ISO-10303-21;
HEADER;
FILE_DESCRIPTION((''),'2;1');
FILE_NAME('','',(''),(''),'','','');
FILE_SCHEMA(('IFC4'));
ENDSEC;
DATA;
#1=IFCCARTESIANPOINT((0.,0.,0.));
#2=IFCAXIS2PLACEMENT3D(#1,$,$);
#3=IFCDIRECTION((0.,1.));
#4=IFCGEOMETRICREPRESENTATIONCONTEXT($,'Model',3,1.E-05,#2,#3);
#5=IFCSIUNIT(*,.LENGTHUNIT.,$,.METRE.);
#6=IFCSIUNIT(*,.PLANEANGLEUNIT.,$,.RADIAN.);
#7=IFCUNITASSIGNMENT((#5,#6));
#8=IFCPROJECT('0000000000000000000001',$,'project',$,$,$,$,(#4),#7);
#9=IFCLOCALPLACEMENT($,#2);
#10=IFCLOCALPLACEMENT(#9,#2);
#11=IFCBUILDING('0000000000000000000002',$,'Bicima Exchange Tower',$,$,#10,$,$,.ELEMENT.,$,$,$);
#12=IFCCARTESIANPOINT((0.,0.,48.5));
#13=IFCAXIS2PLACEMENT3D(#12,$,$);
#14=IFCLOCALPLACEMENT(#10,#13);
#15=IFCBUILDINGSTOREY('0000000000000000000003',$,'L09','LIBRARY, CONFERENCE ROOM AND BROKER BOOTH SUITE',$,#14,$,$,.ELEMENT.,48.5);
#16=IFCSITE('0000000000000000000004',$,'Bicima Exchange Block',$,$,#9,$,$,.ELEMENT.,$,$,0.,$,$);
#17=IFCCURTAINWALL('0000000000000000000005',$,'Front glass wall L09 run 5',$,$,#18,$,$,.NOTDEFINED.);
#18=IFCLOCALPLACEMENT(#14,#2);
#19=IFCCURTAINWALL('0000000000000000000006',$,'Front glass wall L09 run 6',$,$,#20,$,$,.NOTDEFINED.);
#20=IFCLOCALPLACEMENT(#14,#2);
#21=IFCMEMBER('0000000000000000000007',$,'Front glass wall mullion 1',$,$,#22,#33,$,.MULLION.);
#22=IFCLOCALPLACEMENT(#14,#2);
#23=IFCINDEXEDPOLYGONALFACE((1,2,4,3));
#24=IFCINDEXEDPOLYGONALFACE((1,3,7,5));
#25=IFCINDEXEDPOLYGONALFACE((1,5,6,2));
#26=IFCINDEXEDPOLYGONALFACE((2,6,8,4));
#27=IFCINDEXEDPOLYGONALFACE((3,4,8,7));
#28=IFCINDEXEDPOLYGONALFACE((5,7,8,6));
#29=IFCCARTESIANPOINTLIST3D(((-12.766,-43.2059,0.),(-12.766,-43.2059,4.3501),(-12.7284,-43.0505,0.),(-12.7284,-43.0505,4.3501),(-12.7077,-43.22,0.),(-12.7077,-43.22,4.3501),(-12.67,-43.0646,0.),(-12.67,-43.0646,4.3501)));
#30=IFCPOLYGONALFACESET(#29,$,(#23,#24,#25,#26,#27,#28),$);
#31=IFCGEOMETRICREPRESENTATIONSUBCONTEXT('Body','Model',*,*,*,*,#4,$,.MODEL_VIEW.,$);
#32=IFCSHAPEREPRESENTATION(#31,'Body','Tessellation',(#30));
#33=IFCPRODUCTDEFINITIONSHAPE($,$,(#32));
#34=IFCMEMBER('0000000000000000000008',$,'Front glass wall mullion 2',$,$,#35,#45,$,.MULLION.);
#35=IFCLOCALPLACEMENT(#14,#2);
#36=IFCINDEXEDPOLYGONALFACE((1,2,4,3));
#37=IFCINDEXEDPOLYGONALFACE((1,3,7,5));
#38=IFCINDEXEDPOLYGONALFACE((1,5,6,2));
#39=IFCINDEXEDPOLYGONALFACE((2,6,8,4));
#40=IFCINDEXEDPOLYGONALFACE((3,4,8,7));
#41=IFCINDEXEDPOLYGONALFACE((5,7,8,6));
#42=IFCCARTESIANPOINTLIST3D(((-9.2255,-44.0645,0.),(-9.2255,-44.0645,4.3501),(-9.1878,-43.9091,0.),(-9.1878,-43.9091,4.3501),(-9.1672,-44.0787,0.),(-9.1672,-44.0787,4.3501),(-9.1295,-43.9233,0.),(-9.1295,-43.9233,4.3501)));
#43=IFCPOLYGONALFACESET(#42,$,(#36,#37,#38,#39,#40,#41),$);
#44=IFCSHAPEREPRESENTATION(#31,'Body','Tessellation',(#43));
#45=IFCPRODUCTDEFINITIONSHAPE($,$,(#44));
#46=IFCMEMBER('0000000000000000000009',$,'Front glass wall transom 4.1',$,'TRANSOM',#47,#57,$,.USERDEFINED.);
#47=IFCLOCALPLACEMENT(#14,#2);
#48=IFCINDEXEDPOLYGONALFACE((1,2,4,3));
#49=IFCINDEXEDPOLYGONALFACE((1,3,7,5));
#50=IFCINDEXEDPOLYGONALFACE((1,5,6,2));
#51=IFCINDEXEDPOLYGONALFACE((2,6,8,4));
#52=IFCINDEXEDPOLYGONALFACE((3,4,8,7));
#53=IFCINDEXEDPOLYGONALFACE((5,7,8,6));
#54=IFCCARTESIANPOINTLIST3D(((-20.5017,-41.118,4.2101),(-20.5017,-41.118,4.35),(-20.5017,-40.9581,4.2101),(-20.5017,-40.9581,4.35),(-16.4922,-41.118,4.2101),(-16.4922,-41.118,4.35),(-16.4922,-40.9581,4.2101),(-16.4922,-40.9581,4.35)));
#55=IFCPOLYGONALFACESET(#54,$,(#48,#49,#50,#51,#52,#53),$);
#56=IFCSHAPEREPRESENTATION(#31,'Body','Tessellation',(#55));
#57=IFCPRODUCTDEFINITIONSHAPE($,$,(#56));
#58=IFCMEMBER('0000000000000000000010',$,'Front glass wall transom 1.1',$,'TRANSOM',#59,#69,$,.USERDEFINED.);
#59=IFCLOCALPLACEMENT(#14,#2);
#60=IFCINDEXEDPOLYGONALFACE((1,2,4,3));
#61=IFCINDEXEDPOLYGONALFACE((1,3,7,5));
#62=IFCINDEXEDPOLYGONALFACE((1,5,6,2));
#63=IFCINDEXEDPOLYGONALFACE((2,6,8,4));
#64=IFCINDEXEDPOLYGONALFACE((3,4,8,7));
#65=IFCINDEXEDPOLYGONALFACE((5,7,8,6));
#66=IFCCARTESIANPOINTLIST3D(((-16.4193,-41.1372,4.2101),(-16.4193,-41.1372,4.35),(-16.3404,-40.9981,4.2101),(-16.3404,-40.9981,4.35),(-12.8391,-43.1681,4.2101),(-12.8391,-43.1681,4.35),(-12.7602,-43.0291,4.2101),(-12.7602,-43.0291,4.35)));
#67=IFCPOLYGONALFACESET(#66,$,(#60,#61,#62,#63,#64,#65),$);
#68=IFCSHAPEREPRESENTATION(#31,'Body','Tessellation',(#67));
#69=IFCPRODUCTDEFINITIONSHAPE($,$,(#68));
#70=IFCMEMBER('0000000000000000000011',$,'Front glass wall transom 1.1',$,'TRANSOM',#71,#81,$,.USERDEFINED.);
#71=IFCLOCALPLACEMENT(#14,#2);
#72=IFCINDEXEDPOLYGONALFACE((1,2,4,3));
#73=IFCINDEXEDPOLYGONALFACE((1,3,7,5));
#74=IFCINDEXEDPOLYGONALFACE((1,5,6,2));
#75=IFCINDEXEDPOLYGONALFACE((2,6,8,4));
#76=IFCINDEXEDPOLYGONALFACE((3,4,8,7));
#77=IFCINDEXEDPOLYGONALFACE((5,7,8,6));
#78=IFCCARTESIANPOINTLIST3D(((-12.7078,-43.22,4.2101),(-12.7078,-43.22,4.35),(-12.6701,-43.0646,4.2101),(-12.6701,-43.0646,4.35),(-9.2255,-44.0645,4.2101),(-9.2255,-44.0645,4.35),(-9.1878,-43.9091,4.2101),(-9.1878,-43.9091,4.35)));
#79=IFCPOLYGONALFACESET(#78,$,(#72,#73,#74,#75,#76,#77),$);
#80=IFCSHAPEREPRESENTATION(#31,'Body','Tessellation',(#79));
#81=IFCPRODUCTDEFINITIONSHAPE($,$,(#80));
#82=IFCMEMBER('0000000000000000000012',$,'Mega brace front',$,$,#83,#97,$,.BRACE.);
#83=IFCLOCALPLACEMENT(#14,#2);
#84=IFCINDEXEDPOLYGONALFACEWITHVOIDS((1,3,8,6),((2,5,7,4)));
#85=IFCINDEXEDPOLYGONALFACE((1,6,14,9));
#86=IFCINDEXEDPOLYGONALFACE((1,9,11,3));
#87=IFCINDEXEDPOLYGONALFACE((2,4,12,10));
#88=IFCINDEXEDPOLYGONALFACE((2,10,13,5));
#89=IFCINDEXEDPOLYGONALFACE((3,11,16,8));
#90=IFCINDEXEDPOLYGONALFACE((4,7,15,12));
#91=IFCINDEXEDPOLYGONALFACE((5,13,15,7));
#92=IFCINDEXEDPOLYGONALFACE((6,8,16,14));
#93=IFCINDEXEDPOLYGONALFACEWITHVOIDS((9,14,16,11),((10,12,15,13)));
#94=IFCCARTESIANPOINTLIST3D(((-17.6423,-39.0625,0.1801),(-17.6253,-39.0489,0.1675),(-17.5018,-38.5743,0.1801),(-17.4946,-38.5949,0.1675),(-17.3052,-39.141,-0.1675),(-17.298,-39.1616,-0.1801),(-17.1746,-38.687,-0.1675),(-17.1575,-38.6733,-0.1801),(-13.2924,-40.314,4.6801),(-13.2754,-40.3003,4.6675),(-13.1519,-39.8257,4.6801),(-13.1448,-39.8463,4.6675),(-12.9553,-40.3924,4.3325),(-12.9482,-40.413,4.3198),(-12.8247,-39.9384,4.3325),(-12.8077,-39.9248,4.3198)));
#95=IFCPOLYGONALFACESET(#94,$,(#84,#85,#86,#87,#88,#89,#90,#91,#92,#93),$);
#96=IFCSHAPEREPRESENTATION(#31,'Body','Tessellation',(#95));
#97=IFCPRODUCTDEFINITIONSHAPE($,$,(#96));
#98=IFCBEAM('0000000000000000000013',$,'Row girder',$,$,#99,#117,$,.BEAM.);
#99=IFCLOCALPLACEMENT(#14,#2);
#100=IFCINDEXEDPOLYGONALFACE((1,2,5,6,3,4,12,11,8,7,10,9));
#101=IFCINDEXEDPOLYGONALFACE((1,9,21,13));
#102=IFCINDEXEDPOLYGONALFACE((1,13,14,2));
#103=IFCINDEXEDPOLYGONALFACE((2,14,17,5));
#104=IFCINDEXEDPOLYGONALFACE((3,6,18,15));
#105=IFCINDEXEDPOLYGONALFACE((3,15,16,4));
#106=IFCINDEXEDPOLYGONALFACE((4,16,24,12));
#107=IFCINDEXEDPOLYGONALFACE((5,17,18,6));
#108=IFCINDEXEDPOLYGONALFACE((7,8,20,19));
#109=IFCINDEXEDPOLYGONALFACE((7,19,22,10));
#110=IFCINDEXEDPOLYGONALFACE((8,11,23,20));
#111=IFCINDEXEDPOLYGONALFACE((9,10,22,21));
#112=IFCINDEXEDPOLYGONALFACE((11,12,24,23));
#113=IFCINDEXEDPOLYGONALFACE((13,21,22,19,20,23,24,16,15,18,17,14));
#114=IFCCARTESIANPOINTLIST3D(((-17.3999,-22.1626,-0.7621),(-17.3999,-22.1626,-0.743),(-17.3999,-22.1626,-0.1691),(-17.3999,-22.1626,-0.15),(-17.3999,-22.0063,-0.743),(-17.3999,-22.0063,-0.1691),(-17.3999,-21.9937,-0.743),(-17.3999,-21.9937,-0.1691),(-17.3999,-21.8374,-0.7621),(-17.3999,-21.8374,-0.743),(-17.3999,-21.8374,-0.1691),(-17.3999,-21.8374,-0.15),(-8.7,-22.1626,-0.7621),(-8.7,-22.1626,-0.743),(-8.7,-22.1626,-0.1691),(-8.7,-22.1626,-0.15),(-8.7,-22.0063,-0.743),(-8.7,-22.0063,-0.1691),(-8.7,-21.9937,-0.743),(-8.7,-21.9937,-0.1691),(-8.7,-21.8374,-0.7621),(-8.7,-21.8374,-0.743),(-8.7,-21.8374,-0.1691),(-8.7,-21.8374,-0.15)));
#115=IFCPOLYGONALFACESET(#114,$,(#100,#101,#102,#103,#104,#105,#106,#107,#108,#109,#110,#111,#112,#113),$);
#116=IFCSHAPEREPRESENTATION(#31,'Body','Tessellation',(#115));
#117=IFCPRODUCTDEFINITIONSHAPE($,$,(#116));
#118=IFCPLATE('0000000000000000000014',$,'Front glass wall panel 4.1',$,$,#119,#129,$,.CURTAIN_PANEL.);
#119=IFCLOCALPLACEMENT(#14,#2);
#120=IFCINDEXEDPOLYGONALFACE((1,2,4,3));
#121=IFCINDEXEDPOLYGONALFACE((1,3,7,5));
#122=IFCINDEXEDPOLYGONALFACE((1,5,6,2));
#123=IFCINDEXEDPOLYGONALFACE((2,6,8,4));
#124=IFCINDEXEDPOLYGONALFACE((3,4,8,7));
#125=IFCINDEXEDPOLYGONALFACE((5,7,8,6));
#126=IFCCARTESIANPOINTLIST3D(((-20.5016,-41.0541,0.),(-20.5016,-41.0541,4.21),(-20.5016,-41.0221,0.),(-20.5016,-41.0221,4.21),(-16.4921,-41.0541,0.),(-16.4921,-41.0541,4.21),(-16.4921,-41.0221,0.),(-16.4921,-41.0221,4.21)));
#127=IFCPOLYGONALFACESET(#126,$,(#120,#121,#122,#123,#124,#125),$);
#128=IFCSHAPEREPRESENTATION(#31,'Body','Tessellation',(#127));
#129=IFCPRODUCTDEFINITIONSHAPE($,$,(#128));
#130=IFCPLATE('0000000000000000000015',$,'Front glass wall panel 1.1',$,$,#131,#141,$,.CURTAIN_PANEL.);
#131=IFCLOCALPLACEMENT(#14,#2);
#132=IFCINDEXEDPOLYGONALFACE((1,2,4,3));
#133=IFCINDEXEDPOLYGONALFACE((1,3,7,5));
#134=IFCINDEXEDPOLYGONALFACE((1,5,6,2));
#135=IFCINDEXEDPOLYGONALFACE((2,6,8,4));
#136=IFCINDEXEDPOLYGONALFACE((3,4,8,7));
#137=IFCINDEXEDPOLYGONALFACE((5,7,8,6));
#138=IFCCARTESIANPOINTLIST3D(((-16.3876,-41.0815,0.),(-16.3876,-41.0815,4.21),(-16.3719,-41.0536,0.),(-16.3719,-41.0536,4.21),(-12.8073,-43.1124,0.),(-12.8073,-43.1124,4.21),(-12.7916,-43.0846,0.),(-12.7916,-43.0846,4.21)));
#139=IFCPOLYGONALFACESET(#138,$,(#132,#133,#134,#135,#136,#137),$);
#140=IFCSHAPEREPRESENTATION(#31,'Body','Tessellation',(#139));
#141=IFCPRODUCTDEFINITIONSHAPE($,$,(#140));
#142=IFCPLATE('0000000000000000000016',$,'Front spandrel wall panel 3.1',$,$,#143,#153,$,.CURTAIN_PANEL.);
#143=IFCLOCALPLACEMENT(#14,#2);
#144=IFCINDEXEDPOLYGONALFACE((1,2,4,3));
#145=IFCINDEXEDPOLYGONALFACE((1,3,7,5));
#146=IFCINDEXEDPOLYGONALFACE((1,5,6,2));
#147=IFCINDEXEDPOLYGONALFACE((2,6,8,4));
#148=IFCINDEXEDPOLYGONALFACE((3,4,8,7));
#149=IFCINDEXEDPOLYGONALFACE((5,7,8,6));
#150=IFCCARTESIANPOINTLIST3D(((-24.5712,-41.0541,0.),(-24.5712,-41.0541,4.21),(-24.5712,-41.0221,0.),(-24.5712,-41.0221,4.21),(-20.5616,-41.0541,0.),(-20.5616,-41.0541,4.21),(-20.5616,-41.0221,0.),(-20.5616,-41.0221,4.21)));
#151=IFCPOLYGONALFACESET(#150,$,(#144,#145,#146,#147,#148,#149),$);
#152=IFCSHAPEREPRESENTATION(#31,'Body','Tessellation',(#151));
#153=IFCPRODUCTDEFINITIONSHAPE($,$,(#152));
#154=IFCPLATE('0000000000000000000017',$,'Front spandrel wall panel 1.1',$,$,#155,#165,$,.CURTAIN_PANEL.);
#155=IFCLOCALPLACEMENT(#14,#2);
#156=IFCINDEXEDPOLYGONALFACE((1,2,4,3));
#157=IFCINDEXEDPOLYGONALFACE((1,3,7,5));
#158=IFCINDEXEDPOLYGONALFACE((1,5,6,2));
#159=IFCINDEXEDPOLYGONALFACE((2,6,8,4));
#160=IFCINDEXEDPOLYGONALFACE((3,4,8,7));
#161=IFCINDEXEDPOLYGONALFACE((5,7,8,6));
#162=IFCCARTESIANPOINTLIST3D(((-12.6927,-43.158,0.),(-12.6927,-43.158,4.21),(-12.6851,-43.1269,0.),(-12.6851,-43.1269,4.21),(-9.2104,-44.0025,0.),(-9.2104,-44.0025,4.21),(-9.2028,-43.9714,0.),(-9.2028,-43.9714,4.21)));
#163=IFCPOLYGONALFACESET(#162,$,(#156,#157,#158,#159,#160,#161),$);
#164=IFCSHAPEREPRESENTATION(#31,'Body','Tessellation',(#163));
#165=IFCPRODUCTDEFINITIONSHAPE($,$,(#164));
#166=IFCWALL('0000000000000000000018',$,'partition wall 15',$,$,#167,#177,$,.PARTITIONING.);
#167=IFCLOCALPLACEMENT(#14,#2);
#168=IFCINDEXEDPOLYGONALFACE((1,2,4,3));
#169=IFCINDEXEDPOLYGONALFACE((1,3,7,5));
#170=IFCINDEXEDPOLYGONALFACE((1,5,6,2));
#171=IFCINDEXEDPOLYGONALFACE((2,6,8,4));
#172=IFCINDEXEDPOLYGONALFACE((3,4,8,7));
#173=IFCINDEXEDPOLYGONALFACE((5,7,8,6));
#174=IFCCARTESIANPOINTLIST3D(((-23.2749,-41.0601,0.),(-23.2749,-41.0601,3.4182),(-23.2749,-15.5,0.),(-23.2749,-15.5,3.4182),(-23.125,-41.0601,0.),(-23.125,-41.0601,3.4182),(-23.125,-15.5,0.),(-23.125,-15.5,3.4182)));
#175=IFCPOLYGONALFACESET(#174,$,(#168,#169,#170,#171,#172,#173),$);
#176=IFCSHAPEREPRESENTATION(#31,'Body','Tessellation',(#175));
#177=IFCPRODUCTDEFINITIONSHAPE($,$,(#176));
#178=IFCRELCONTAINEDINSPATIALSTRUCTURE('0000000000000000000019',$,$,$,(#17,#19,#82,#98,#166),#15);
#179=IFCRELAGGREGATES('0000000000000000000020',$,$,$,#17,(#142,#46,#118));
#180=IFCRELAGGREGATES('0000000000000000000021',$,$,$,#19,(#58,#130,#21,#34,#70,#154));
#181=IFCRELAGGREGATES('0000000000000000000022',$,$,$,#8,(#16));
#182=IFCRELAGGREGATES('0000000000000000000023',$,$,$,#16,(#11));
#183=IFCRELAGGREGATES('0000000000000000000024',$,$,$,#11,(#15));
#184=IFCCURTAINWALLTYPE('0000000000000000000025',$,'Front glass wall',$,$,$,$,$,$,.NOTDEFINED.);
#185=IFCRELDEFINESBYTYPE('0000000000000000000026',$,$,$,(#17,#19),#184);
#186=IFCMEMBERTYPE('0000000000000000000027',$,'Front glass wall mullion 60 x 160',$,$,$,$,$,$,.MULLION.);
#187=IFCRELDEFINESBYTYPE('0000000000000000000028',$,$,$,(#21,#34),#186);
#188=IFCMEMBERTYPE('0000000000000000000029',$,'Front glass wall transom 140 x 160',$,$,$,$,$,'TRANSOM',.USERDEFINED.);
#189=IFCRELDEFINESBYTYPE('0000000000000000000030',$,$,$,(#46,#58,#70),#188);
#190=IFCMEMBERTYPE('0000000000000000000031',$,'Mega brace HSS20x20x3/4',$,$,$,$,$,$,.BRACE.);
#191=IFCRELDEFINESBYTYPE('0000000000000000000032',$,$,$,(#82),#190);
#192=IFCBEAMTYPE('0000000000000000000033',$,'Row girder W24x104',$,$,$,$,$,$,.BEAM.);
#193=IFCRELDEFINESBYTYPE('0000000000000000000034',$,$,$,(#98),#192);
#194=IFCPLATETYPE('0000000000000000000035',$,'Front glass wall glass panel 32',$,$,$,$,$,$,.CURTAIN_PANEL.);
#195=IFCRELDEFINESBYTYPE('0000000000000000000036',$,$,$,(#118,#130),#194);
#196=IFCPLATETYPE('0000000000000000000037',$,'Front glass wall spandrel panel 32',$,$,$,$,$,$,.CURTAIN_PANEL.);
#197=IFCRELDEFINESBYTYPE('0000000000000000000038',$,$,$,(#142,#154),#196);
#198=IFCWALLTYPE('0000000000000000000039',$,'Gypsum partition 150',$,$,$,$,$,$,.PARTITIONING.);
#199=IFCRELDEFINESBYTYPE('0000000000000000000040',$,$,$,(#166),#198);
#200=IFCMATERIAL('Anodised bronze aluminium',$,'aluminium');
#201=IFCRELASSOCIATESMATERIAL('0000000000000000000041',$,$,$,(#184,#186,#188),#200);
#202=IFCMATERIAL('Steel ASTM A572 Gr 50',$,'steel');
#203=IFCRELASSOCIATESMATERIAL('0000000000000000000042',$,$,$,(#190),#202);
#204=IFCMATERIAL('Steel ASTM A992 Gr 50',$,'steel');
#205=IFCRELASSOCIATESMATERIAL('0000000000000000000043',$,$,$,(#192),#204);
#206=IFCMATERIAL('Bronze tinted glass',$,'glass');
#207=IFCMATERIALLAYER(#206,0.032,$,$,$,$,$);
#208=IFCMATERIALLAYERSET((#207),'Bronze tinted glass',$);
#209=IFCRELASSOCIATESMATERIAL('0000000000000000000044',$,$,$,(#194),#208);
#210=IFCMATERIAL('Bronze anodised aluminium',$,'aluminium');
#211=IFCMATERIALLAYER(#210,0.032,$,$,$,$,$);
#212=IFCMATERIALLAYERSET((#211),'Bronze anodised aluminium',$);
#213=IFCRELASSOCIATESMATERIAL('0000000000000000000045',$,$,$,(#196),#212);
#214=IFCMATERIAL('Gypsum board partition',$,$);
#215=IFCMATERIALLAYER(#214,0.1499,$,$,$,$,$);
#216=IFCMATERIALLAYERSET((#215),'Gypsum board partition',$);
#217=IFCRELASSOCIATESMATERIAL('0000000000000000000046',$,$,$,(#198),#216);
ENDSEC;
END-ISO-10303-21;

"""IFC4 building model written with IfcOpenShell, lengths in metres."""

from ifc_helpers import new_model, si_unit, direction, frame, frame_2d, origin, origin_2d, place, context, subcontext, project, spatial, rectangle, hollow_rectangle, i_section, extrude, material, layer, layer_set, material_profile, profile_set, type_object, element, aggregate, save


model = new_model("IFC4")

# Units and contexts
model_context = context("Model", 3, precision=1e-05, world=origin(), true_north=direction((0.0, 1.0)))
body_context = subcontext(model_context, "Body", "Model", "MODEL_VIEW")
ifc_project = project(units=[si_unit("LENGTHUNIT", "METRE"), si_unit("PLANEANGLEUNIT", "RADIAN")], contexts=[model_context])

# Site, building, storey
site_placement = place(None, origin())
site = spatial("IfcSite", under=ifc_project, at=site_placement, Name="Bicima Exchange Block", CompositionType="ELEMENT", RefElevation=0.0)
building_placement = place(site_placement, origin())
building = spatial("IfcBuilding", under=site, at=building_placement, Name="Bicima Exchange Tower", CompositionType="ELEMENT")
storey_placement = place(building_placement, frame((0.0, 0.0, 48.5)))
storey = spatial("IfcBuildingStorey", under=building, at=storey_placement, Name="L09", Description="LIBRARY, CONFERENCE ROOM AND BROKER BOOTH SUITE", CompositionType="ELEMENT", Elevation=48.5)

# Shared definitions
ifc_material_1 = material(Name="Steel ASTM A992 Gr 50", Category="steel")

# Curtain walls, members
ifc_material_2 = material(Name="Anodised bronze aluminium", Category="aluminium")
curtain_wall_type = type_object("IfcCurtainWallType", Name="Front glass wall", PredefinedType="NOTDEFINED", material=ifc_material_2)
curtain_wall_1_placement = place(storey_placement, origin())
curtain_wall_1 = element("IfcCurtainWall", 1, at=curtain_wall_1_placement, inside=storey, type_object=curtain_wall_type, Name="Front glass wall L09 run 5", PredefinedType="NOTDEFINED")
ifc_material_profile_1 = material_profile(ifc_material_2, rectangle(XDim=0.1599, YDim=0.0601, at=origin_2d()))
ifc_profile_set_1 = profile_set([ifc_material_profile_1], Name="Anodised bronze aluminium")
member_type_1 = type_object("IfcMemberType", Name="Front glass wall mullion 60 x 160", PredefinedType="MULLION", material=ifc_profile_set_1)
curtain_wall_2_placement = place(storey_placement, origin())
curtain_wall_2 = element("IfcCurtainWall", 2, at=curtain_wall_2_placement, inside=storey, type_object=curtain_wall_type, Name="Front glass wall L09 run 6", PredefinedType="NOTDEFINED")
member_1_placement = place(storey_placement, frame((-12.718, -43.1353, 0.0), z_axis=(0.0, 0.0, 1.0), x_axis=(0.235682, 0.97183, 0.0)))
member_1 = element("IfcMember", 3, at=member_1_placement, type_object=member_type_1, Name="Front glass wall mullion 1", PredefinedType="MULLION", context=body_context, shape_type="SweptSolid", body=[
    extrude(rectangle(XDim=0.1599, YDim=0.0601, at=origin_2d()), origin(), (0.0, 0.0, 1.0), 4.3501),
])
member_2_placement = place(storey_placement, frame((-9.1775, -43.9939, 0.0), z_axis=(0.0, 0.0, 1.0), x_axis=(0.235682, 0.97183, 0.0)))
member_2 = element("IfcMember", 4, at=member_2_placement, type_object=member_type_1, Name="Front glass wall mullion 2", PredefinedType="MULLION", context=body_context, shape_type="SweptSolid", body=[
    extrude(rectangle(XDim=0.1599, YDim=0.0601, at=origin_2d()), origin(), (0.0, 0.0, 1.0), 4.3501),
])

# Members
ifc_material_profile_2 = material_profile(ifc_material_2, rectangle(XDim=0.1599, YDim=0.1399, at=origin_2d()))
ifc_profile_set_2 = profile_set([ifc_material_profile_2], Name="Anodised bronze aluminium")
member_type_2 = type_object("IfcMemberType", Name="Front glass wall transom 140 x 160", ElementType="TRANSOM", PredefinedType="USERDEFINED", material=ifc_profile_set_2)
member_3_placement = place(storey_placement, frame((-20.5017, -41.0381, 4.28), z_axis=(1.0, 0.0, 0.0), x_axis=(0.0, 1.0, 0.0)))
member_3 = element("IfcMember", 5, at=member_3_placement, type_object=member_type_2, Name="Front glass wall transom 4.1", ObjectType="TRANSOM", PredefinedType="USERDEFINED", context=body_context, shape_type="SweptSolid", body=[
    extrude(rectangle(XDim=0.1599, YDim=0.1399, at=origin_2d()), origin(), (0.0, 0.0, 1.0), 4.0095),
])
member_4_placement = place(storey_placement, frame((-16.3799, -41.0676, 4.28), z_axis=(0.869797, -0.493409, 0.0), x_axis=(0.493409, 0.869797, 0.0)))
member_4 = element("IfcMember", 6, at=member_4_placement, type_object=member_type_2, Name="Front glass wall transom 1.1", ObjectType="TRANSOM", PredefinedType="USERDEFINED", context=body_context, shape_type="SweptSolid", body=[
    extrude(rectangle(XDim=0.1599, YDim=0.1399, at=origin_2d()), origin(), (0.0, 0.0, 1.0), 4.1162),
])
member_5_placement = place(storey_placement, frame((-12.689, -43.1423, 4.28), z_axis=(0.971834, -0.235668, 0.0), x_axis=(0.235668, 0.971834, 0.0)))
member_5 = element("IfcMember", 7, at=member_5_placement, type_object=member_type_2, Name="Front glass wall transom 1.1", ObjectType="TRANSOM", PredefinedType="USERDEFINED", context=body_context, shape_type="SweptSolid", body=[
    extrude(rectangle(XDim=0.1599, YDim=0.1399, at=origin_2d()), origin(), (0.0, 0.0, 1.0), 3.5833),
])
ifc_material_3 = material(Name="Steel ASTM A572 Gr 50", Category="steel")
ifc_material_profile_3 = material_profile(ifc_material_3, hollow_rectangle(XDim=0.5081, YDim=0.5081, WallThickness=0.0178, at=origin_2d()))
ifc_profile_set_3 = profile_set([ifc_material_profile_3], Name="Steel ASTM A572 Gr 50")
member_type_3 = type_object("IfcMemberType", Name="Mega brace HSS20x20x3/4", PredefinedType="BRACE", material=ifc_profile_set_3)
member_6_placement = place(storey_placement, frame((-17.3999, -38.8679, 0.0), z_axis=(0.681519, -0.196075, 0.705044), x_axis=(0.276487, 0.961018, 0.0)))
element("IfcMember", 8, at=member_6_placement, inside=storey, type_object=member_type_3, Name="Mega brace front", PredefinedType="BRACE", context=body_context, shape_type="SweptSolid", body=[
    extrude(hollow_rectangle(XDim=0.5081, YDim=0.5081, WallThickness=0.0178, at=origin_2d()), origin(), (0.0, 0.0, 1.0), 6.3826),
])

# Beam
ifc_material_profile_4 = material_profile(ifc_material_1, i_section(OverallWidth=0.3252, OverallDepth=0.6121, WebThickness=0.0127, FlangeThickness=0.019, at=origin_2d()))
ifc_profile_set_4 = profile_set([ifc_material_profile_4], Name="Steel ASTM A992 Gr 50")
beam_type_1 = type_object("IfcBeamType", Name="Row girder W24x104", PredefinedType="BEAM", material=ifc_profile_set_4)
beam_1_placement = place(storey_placement, frame((-17.3999, -22.0, -0.4561), z_axis=(1.0, 0.0, 0.0), x_axis=(0.0, 1.0, 0.0)))
element("IfcBeam", 9, at=beam_1_placement, inside=storey, type_object=beam_type_1, Name="Row girder", PredefinedType="BEAM", context=body_context, shape_type="SweptSolid", body=[
    extrude(i_section(OverallWidth=0.3252, OverallDepth=0.6121, WebThickness=0.0127, FlangeThickness=0.019, at=origin_2d()), origin(), (0.0, 0.0, 1.0), 8.7),
])

# Plates
ifc_material_4 = material(Name="Bronze tinted glass", Category="glass")
ifc_layer_1 = layer(ifc_material_4, 0.032)
ifc_layer_set_1 = layer_set([ifc_layer_1], Name="Bronze tinted glass")
plate_type_1 = type_object("IfcPlateType", Name="Front glass wall glass panel 32", PredefinedType="CURTAIN_PANEL", material=ifc_layer_set_1)
plate_1_placement = place(storey_placement, frame((-18.4968, -41.0381, 0.0), z_axis=(0.0, 0.0, 1.0), x_axis=(1.0, 0.0, 0.0)))
plate_1 = element("IfcPlate", 10, at=plate_1_placement, type_object=plate_type_1, Name="Front glass wall panel 4.1", PredefinedType="CURTAIN_PANEL", context=body_context, shape_type="SweptSolid", body=[
    extrude(rectangle(XDim=4.0095, YDim=0.032, at=origin_2d()), origin(), (0.0, 0.0, 1.0), 4.21),
])
plate_2_placement = place(storey_placement, frame((-14.5896, -42.083, 0.0), z_axis=(0.0, 0.0, 1.0), x_axis=(0.869805, -0.493395, 0.0)))
plate_2 = element("IfcPlate", 11, at=plate_2_placement, type_object=plate_type_1, Name="Front glass wall panel 1.1", PredefinedType="CURTAIN_PANEL", context=body_context, shape_type="SweptSolid", body=[
    extrude(rectangle(XDim=4.1162, YDim=0.032, at=origin_2d()), origin(), (0.0, 0.0, 1.0), 4.21),
])
ifc_material_5 = material(Name="Bronze anodised aluminium", Category="aluminium")
ifc_layer_2 = layer(ifc_material_5, 0.032)
ifc_layer_set_2 = layer_set([ifc_layer_2], Name="Bronze anodised aluminium")
plate_type_2 = type_object("IfcPlateType", Name="Front glass wall spandrel panel 32", PredefinedType="CURTAIN_PANEL", material=ifc_layer_set_2)
plate_3_placement = place(storey_placement, frame((-22.5664, -41.0381, 0.0), z_axis=(0.0, 0.0, 1.0), x_axis=(1.0, 0.0, 0.0)))
plate_3 = element("IfcPlate", 12, at=plate_3_placement, type_object=plate_type_2, Name="Front spandrel wall panel 3.1", PredefinedType="CURTAIN_PANEL", context=body_context, shape_type="SweptSolid", body=[
    extrude(rectangle(XDim=4.0095, YDim=0.032, at=origin_2d()), origin(), (0.0, 0.0, 1.0), 4.21),
])
aggregate(curtain_wall_1, [plate_3, member_3, plate_1])
plate_4_placement = place(storey_placement, frame((-10.9478, -43.5647, 0.0), z_axis=(0.0, 0.0, 1.0), x_axis=(0.97183, -0.235682, 0.0)))
plate_4 = element("IfcPlate", 13, at=plate_4_placement, type_object=plate_type_2, Name="Front spandrel wall panel 1.1", PredefinedType="CURTAIN_PANEL", context=body_context, shape_type="SweptSolid", body=[
    extrude(rectangle(XDim=3.5833, YDim=0.032, at=origin_2d()), origin(), (0.0, 0.0, 1.0), 4.21),
])
aggregate(curtain_wall_2, [member_4, plate_2, member_1, member_2, member_5, plate_4])

# Wall
ifc_material_6 = material(Name="Gypsum board partition")
ifc_layer_3 = layer(ifc_material_6, 0.1499)
ifc_layer_set_3 = layer_set([ifc_layer_3], Name="Gypsum board partition")
wall_type = type_object("IfcWallType", Name="Gypsum partition 150", PredefinedType="PARTITIONING", material=ifc_layer_set_3)
wall_1_placement = place(storey_placement, frame((-23.2, -41.0601, 0.0), z_axis=(0.0, 0.0, 1.0), x_axis=(0.0, 1.0, 0.0)))
element("IfcWall", 14, at=wall_1_placement, inside=storey, type_object=wall_type, Name="partition wall 15", PredefinedType="PARTITIONING", context=body_context, shape_type="SweptSolid", body=[
    extrude(rectangle(XDim=25.5601, YDim=0.1499, at=frame_2d((12.78, 0.0))), origin(), (0.0, 0.0, 1.0), 3.4182),
])

save(model, "model.ifc")
